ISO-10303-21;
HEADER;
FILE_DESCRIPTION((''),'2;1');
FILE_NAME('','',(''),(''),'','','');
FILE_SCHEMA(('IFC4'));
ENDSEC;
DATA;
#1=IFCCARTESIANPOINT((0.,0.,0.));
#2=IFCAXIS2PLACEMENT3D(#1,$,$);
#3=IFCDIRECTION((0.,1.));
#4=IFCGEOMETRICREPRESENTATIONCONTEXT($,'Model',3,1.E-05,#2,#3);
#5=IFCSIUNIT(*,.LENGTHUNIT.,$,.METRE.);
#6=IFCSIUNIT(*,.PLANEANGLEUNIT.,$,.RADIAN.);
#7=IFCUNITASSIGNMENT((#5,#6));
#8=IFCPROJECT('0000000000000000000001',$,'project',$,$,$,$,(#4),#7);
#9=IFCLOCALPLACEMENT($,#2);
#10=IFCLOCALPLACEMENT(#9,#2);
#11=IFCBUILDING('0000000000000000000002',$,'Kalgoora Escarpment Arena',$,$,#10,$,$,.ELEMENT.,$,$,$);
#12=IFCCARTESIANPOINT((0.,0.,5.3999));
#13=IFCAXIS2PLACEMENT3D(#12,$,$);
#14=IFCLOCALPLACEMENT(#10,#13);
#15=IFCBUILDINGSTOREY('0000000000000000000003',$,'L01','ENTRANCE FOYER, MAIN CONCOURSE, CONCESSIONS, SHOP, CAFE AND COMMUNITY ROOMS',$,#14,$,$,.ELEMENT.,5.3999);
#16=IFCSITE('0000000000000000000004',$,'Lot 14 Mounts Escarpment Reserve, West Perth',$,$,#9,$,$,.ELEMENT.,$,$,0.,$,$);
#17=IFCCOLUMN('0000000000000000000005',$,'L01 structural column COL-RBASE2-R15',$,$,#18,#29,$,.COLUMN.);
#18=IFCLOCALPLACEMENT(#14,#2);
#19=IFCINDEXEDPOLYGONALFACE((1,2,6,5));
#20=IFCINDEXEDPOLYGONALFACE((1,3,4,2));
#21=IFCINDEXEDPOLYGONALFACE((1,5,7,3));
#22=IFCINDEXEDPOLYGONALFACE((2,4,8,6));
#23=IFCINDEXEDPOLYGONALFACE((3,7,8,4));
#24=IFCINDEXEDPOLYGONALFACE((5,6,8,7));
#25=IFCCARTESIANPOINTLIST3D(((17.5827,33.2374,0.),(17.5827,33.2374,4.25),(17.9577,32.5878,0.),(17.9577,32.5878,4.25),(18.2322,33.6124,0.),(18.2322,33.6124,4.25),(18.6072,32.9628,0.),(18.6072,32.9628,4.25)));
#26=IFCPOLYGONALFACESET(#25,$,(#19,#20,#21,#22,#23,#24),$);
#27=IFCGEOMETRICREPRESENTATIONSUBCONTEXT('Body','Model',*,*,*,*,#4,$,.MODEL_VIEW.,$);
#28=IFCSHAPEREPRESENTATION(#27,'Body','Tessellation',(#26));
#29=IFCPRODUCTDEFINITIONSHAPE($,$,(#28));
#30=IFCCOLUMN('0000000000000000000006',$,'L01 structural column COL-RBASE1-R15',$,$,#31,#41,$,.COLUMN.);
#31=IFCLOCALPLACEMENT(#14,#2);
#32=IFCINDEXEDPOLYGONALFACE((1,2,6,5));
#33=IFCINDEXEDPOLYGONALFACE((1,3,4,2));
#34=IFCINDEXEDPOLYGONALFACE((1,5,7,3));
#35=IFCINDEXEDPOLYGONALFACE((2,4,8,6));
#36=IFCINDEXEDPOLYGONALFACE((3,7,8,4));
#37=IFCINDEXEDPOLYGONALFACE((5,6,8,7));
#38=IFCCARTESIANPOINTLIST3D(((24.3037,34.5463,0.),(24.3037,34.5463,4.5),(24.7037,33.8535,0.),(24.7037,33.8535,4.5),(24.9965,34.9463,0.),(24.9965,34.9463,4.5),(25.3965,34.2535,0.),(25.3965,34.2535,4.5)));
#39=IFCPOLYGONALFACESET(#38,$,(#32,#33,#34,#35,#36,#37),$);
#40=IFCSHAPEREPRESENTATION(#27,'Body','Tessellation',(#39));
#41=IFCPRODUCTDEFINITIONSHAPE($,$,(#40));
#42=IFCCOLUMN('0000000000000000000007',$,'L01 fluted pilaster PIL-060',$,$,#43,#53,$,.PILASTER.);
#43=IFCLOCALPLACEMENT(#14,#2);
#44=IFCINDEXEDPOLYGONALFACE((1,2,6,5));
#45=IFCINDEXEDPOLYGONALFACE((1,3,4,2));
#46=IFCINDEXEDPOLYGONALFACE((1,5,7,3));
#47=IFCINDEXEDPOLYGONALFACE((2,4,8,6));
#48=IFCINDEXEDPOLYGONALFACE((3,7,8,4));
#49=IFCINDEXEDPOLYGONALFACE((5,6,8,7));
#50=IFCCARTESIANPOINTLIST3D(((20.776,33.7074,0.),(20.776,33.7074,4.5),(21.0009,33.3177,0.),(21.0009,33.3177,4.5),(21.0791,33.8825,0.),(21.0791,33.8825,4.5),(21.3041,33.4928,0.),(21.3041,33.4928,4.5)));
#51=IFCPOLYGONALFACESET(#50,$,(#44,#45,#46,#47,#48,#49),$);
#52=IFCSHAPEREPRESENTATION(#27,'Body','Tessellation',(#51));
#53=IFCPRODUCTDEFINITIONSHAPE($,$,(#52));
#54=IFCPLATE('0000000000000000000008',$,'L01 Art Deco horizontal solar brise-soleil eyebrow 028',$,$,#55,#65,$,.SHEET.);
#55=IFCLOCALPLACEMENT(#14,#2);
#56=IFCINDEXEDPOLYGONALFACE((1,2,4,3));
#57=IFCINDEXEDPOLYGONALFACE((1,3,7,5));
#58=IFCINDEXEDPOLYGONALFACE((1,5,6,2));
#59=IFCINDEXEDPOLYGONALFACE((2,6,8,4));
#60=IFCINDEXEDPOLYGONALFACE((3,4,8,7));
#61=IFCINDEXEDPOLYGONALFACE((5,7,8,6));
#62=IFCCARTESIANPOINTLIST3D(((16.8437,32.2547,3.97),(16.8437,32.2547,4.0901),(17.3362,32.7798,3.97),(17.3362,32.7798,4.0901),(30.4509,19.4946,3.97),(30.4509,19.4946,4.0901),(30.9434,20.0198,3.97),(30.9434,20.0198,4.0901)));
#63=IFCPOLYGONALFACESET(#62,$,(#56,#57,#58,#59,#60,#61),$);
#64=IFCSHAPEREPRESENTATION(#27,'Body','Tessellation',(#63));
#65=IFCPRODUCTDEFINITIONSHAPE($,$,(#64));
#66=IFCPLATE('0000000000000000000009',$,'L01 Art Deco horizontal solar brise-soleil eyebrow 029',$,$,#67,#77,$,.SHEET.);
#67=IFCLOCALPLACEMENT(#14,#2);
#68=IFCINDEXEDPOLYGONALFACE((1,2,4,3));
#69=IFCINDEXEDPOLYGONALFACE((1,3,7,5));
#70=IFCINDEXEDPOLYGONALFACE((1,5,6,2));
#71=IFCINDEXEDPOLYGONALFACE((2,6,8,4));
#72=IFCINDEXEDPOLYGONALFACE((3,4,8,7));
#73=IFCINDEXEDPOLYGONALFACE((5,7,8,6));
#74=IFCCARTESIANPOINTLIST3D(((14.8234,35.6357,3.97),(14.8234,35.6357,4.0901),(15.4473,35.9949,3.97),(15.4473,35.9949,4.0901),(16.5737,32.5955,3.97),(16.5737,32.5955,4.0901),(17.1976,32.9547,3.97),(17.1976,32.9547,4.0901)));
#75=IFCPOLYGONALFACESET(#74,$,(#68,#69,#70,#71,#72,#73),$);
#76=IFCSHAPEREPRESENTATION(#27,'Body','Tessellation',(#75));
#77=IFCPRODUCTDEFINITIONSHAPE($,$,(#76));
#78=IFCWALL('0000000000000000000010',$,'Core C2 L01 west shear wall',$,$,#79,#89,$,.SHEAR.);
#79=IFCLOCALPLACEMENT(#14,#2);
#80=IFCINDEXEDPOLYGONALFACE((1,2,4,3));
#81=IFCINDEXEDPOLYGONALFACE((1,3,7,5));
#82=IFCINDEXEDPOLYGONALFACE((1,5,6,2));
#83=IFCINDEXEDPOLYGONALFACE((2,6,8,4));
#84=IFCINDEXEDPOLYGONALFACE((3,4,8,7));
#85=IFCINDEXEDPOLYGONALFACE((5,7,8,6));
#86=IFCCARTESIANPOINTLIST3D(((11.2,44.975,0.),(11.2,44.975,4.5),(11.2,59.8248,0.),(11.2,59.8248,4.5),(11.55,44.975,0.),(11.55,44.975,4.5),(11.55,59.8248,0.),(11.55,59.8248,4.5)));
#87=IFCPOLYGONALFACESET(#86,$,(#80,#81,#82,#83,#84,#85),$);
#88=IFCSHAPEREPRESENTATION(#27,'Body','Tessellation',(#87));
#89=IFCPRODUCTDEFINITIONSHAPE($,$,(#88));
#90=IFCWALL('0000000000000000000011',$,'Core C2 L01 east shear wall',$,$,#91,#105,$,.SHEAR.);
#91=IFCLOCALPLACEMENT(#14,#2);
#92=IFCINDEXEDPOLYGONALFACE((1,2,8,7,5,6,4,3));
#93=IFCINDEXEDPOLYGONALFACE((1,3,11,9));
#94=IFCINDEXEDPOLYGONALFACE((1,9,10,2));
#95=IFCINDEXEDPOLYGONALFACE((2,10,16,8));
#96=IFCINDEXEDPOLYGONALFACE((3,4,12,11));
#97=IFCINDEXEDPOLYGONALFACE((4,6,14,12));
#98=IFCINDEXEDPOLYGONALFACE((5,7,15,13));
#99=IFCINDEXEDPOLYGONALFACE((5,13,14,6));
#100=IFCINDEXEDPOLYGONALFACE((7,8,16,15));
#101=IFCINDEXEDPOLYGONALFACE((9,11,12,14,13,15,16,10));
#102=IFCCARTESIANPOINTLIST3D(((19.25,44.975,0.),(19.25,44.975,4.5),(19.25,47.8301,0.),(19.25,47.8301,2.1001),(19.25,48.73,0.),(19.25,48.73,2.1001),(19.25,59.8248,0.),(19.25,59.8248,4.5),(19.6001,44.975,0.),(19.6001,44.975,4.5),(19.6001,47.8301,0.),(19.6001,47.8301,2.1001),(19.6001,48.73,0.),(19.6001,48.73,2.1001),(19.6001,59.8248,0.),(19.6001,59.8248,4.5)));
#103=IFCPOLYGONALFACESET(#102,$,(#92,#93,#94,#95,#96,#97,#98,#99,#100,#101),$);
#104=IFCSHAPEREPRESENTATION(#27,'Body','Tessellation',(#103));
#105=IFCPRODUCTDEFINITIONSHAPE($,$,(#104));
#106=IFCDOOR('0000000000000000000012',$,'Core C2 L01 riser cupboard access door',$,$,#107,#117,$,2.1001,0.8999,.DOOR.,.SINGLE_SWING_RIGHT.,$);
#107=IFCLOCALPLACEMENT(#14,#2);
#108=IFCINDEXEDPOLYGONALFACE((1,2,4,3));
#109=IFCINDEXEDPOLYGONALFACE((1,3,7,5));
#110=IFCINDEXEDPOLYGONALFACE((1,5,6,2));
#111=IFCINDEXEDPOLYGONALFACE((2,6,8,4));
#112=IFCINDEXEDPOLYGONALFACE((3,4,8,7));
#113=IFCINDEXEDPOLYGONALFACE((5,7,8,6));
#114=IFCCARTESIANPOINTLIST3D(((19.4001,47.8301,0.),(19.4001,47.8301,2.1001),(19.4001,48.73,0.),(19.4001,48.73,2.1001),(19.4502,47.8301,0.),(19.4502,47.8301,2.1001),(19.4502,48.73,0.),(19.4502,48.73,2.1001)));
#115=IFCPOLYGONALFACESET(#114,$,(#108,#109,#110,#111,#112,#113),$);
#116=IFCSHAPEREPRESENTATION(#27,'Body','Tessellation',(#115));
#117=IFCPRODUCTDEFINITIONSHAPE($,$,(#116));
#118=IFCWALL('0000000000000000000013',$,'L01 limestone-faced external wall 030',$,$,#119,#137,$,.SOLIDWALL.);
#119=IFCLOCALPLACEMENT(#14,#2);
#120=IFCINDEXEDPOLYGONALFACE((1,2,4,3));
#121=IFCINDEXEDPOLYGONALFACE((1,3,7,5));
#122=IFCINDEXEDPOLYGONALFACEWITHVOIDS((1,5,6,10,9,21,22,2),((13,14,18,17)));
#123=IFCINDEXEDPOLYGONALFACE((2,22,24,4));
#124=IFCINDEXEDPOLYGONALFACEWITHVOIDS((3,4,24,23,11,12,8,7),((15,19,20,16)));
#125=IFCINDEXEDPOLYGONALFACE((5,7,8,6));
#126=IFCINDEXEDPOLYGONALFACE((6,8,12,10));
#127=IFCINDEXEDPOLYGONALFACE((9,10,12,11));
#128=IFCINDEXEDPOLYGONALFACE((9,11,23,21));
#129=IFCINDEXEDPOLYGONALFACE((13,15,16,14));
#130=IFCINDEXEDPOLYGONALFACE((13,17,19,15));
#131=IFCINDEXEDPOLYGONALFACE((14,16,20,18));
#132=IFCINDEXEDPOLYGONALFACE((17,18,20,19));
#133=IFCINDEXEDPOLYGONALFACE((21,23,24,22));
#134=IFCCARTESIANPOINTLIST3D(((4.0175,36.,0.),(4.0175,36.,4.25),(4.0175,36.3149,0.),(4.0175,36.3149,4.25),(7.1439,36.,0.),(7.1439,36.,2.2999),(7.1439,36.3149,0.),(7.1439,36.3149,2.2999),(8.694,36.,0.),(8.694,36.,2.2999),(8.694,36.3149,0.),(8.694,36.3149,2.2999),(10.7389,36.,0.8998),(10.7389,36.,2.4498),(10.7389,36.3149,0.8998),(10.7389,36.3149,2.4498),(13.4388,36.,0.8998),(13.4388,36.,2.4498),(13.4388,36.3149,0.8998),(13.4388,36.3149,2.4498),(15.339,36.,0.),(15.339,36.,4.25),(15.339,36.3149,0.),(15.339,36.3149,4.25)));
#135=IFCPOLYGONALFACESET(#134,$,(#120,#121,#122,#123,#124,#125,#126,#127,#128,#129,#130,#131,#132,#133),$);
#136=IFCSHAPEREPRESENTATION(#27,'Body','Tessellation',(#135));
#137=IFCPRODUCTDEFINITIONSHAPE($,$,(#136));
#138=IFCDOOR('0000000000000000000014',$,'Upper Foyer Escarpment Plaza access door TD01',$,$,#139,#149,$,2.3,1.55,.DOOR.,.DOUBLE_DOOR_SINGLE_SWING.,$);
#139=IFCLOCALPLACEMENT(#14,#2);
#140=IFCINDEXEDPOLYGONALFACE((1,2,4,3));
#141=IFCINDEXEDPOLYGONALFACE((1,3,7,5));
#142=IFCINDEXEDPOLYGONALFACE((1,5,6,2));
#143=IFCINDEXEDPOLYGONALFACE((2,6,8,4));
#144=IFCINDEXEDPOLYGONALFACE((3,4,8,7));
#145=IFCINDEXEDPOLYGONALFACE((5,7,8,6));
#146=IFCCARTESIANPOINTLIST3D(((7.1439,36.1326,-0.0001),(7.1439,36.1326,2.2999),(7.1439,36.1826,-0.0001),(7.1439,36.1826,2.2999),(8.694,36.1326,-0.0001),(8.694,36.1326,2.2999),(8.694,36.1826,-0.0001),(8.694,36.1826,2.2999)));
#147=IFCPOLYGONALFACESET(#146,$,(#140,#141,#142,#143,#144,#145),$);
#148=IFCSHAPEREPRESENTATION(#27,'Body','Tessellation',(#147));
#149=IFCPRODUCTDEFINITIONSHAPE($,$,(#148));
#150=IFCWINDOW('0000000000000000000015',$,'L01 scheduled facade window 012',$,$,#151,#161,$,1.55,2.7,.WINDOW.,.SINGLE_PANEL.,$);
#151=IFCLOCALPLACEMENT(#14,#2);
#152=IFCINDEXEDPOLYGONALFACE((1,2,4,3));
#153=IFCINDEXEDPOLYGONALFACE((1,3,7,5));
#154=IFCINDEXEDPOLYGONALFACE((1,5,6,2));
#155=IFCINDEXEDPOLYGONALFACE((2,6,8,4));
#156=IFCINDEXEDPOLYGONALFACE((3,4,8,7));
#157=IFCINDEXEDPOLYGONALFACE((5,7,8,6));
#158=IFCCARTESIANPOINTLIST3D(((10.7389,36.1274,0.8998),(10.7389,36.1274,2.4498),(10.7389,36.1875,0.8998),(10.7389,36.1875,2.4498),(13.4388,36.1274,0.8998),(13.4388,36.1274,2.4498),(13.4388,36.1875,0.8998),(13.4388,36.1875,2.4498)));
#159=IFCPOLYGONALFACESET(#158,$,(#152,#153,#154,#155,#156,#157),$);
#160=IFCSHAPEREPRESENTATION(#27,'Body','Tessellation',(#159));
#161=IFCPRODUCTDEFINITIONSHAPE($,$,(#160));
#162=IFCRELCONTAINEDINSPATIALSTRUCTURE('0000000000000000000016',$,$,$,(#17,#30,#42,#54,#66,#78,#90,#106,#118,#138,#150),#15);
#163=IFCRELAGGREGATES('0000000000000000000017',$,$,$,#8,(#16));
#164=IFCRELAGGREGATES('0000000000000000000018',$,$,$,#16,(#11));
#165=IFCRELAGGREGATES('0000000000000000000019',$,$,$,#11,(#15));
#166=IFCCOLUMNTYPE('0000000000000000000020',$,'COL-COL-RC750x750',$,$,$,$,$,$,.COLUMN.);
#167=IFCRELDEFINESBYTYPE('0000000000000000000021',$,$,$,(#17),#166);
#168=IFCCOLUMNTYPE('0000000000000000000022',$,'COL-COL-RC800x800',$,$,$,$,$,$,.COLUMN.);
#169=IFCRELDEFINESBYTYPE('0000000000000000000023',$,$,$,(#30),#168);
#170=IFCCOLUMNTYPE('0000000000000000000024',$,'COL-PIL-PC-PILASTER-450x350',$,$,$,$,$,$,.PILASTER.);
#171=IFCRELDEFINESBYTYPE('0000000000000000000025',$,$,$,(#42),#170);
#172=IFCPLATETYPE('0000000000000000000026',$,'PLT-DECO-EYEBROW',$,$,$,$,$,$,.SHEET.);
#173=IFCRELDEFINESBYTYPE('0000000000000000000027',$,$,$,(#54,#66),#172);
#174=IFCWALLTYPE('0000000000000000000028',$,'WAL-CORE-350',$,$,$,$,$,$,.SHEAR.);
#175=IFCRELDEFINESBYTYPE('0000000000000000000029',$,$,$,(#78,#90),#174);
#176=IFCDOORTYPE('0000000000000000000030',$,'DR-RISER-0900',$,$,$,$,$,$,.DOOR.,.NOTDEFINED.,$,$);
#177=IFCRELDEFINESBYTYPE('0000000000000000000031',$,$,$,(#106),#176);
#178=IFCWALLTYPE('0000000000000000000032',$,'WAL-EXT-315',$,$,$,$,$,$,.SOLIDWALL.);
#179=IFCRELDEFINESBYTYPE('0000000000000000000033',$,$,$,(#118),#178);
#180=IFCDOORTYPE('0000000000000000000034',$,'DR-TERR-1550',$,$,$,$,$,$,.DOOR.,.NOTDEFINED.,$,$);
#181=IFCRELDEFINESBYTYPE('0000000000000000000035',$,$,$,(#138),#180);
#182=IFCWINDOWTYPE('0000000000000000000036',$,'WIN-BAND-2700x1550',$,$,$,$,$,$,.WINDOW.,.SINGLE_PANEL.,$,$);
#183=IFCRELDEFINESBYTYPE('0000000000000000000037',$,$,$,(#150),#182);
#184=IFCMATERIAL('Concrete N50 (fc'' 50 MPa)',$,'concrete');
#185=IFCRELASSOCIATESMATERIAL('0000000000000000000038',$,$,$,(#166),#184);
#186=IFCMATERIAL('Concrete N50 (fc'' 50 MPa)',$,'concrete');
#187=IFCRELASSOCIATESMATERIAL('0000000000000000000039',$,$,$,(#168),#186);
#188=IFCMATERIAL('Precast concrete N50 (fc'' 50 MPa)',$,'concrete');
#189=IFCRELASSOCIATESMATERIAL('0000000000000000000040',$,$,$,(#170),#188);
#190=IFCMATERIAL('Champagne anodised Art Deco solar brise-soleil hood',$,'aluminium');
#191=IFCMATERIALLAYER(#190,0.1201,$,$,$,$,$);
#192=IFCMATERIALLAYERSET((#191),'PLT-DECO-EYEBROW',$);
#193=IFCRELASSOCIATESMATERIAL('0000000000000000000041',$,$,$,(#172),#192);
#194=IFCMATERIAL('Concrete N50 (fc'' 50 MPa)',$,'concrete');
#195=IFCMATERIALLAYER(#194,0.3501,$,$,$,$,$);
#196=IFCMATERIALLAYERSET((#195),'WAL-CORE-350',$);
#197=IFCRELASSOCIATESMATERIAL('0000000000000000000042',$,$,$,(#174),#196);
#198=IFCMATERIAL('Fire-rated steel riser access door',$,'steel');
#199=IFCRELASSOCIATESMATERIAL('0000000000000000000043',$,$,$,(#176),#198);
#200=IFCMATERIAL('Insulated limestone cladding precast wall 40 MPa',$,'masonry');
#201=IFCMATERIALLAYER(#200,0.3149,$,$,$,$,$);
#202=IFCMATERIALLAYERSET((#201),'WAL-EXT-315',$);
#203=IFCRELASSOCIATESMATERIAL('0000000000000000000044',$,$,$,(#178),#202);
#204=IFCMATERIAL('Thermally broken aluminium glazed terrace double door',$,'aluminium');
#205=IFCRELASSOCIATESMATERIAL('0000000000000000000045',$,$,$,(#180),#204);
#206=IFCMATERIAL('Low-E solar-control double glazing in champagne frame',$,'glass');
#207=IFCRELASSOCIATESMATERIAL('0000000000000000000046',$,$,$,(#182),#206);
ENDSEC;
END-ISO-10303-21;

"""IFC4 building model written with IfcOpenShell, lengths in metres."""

from ifc_helpers import new_model, si_unit, direction, frame, frame_2d, origin, origin_2d, place, context, subcontext, project, spatial, rectangle, extrude, material, layer, layer_set, material_profile, profile_set, type_object, element, fill, save


model = new_model("IFC4")

# Units and contexts
model_context = context("Model", 3, precision=1e-05, world=origin(), true_north=direction((0.0, 1.0)))
body_context = subcontext(model_context, "Body", "Model", "MODEL_VIEW")
ifc_project = project(units=[si_unit("LENGTHUNIT", "METRE"), si_unit("PLANEANGLEUNIT", "RADIAN")], contexts=[model_context])

# Site, building, storey
site_placement = place(None, origin())
site = spatial("IfcSite", under=ifc_project, at=site_placement, Name="Lot 14 Mounts Escarpment Reserve, West Perth", CompositionType="ELEMENT", RefElevation=0.0)
building_placement = place(site_placement, origin())
building = spatial("IfcBuilding", under=site, at=building_placement, Name="Kalgoora Escarpment Arena", CompositionType="ELEMENT")
storey_placement = place(building_placement, frame((0.0, 0.0, 5.3999)))
storey = spatial("IfcBuildingStorey", under=building, at=storey_placement, Name="L01", Description="ENTRANCE FOYER, MAIN CONCOURSE, CONCESSIONS, SHOP, CAFE AND COMMUNITY ROOMS", CompositionType="ELEMENT", Elevation=5.3999)

# Columns
ifc_material_1 = material(Name="Concrete N50 (fc' 50 MPa)", Category="concrete")
ifc_material_profile_1 = material_profile(ifc_material_1, rectangle(XDim=0.75, YDim=0.75, at=origin_2d()))
ifc_profile_set_1 = profile_set([ifc_material_profile_1], Name="Concrete N50 (fc' 50 MPa)")
column_type_1 = type_object("IfcColumnType", Name="COL-COL-RC750x750", PredefinedType="COLUMN", material=ifc_profile_set_1)
column_1_placement = place(storey_placement, frame((18.095, 33.1001, 0.0), z_axis=(0.0, 0.0, 1.0), x_axis=(-0.866025, -0.5, 0.0)))
element("IfcColumn", 1, at=column_1_placement, inside=storey, type_object=column_type_1, Name="L01 structural column COL-RBASE2-R15", PredefinedType="COLUMN", context=body_context, shape_type="SweptSolid", body=[
    extrude(rectangle(XDim=0.75, YDim=0.75, at=origin_2d()), origin(), (0.0, 0.0, 1.0), 4.25),
])
ifc_material_2 = material(Name="Concrete N50 (fc' 50 MPa)", Category="concrete")
ifc_material_profile_2 = material_profile(ifc_material_2, rectangle(XDim=0.8, YDim=0.8, at=origin_2d()))
ifc_profile_set_2 = profile_set([ifc_material_profile_2], Name="Concrete N50 (fc' 50 MPa)")
column_type_2 = type_object("IfcColumnType", Name="COL-COL-RC800x800", PredefinedType="COLUMN", material=ifc_profile_set_2)
column_2_placement = place(storey_placement, frame((24.8501, 34.3999, 0.0), z_axis=(0.0, 0.0, 1.0), x_axis=(-0.866025, -0.5, 0.0)))
element("IfcColumn", 2, at=column_2_placement, inside=storey, type_object=column_type_2, Name="L01 structural column COL-RBASE1-R15", PredefinedType="COLUMN", context=body_context, shape_type="SweptSolid", body=[
    extrude(rectangle(XDim=0.8, YDim=0.8, at=origin_2d()), origin(), (0.0, 0.0, 1.0), 4.5),
])
ifc_material_3 = material(Name="Precast concrete N50 (fc' 50 MPa)", Category="concrete")
ifc_material_profile_3 = material_profile(ifc_material_3, rectangle(XDim=0.3501, YDim=0.45, at=origin_2d()))
ifc_profile_set_3 = profile_set([ifc_material_profile_3], Name="Precast concrete N50 (fc' 50 MPa)")
column_type_3 = type_object("IfcColumnType", Name="COL-PIL-PC-PILASTER-450x350", PredefinedType="PILASTER", material=ifc_profile_set_3)
column_3_placement = place(storey_placement, frame((21.04, 33.6001, 0.0), z_axis=(0.0, 0.0, 1.0), x_axis=(-0.866025, -0.5, 0.0)))
element("IfcColumn", 3, at=column_3_placement, inside=storey, type_object=column_type_3, Name="L01 fluted pilaster PIL-060", PredefinedType="PILASTER", context=body_context, shape_type="SweptSolid", body=[
    extrude(rectangle(XDim=0.3501, YDim=0.45, at=origin_2d()), origin(), (0.0, 0.0, 1.0), 4.5),
])

# Plates
ifc_material_4 = material(Name="Champagne anodised Art Deco solar brise-soleil hood", Category="aluminium")
ifc_layer_1 = layer(ifc_material_4, 0.1201)
ifc_layer_set_1 = layer_set([ifc_layer_1], Name="PLT-DECO-EYEBROW")
plate_type = type_object("IfcPlateType", Name="PLT-DECO-EYEBROW", PredefinedType="SHEET", material=ifc_layer_set_1)
plate_1_placement = place(storey_placement, frame((23.8936, 26.1372, 3.97), z_axis=(0.0, 0.0, 1.0), x_axis=(-0.729446, 0.684038, 0.0)))
element("IfcPlate", 4, at=plate_1_placement, inside=storey, type_object=plate_type, Name="L01 Art Deco horizontal solar brise-soleil eyebrow 028", PredefinedType="SHEET", context=body_context, shape_type="SweptSolid", body=[
    extrude(rectangle(XDim=18.6541, YDim=0.72, at=origin_2d()), origin(), (0.0, 0.0, 1.0), 0.1201),
])
plate_2_placement = place(storey_placement, frame((16.0105, 34.2952, 3.97), z_axis=(0.0, 0.0, 1.0), x_axis=(-0.498942, 0.866636, 0.0)))
element("IfcPlate", 5, at=plate_2_placement, inside=storey, type_object=plate_type, Name="L01 Art Deco horizontal solar brise-soleil eyebrow 029", PredefinedType="SHEET", context=body_context, shape_type="SweptSolid", body=[
    extrude(rectangle(XDim=3.5081, YDim=0.72, at=origin_2d()), origin(), (0.0, 0.0, 1.0), 0.1201),
])

# Wall
ifc_material_5 = material(Name="Concrete N50 (fc' 50 MPa)", Category="concrete")
ifc_layer_2 = layer(ifc_material_5, 0.3501)
ifc_layer_set_2 = layer_set([ifc_layer_2], Name="WAL-CORE-350")
wall_type_1 = type_object("IfcWallType", Name="WAL-CORE-350", PredefinedType="SHEAR", material=ifc_layer_set_2)
wall_1_placement = place(storey_placement, frame((11.375, 44.9751, 0.0), z_axis=(0.0, 0.0, 1.0), x_axis=(0.0, 1.0, 0.0)))
element("IfcWall", 6, at=wall_1_placement, inside=storey, type_object=wall_type_1, Name="Core C2 L01 west shear wall", PredefinedType="SHEAR", context=body_context, shape_type="SweptSolid", body=[
    extrude(rectangle(XDim=14.8499, YDim=0.3501, at=frame_2d((7.4248, 0.0))), origin(), (0.0, 0.0, 1.0), 4.5),
])

# Wall, opening, door
wall_2_placement = place(storey_placement, frame((19.425, 44.9751, 0.0), z_axis=(0.0, 0.0, 1.0), x_axis=(0.0, 1.0, 0.0)))
wall_2 = element("IfcWall", 7, at=wall_2_placement, inside=storey, type_object=wall_type_1, Name="Core C2 L01 east shear wall", PredefinedType="SHEAR", context=body_context, shape_type="SweptSolid", body=[
    extrude(rectangle(XDim=14.8499, YDim=0.3501, at=frame_2d((7.4248, 0.0))), origin(), (0.0, 0.0, 1.0), 4.5),
])
opening_1_placement = place(wall_2_placement, frame((2.855, 0.0, 0.0)))
opening_1 = element("IfcOpeningElement", 8, at=opening_1_placement, cuts=wall_2, PredefinedType="OPENING", context=body_context, shape_type="SweptSolid", body=[
    extrude(rectangle(XDim=0.8999, YDim=2.1001, at=frame_2d((0.45, 1.05))), frame((0.0, 0.1851, 0.0), z_axis=(0.0, -1.0, 0.0), x_axis=(1.0, 0.0, 0.0)), (0.0, 0.0, 1.0), 0.3701),
])
ifc_material_6 = material(Name="Fire-rated steel riser access door", Category="steel")
door_type_1 = type_object("IfcDoorType", Name="DR-RISER-0900", OperationType="NOTDEFINED", PredefinedType="DOOR", material=ifc_material_6)
door_1_placement = place(opening_1_placement, origin())
door_1 = element("IfcDoor", 9, at=door_1_placement, inside=storey, type_object=door_type_1, Name="Core C2 L01 riser cupboard access door", OperationType="SINGLE_SWING_RIGHT", OverallHeight=2.1001, OverallWidth=0.8999, PredefinedType="DOOR", context=body_context, shape_type="SweptSolid", body=[
    extrude(rectangle(XDim=0.8999, YDim=2.1001, at=frame_2d((0.45, 1.05))), frame((0.0, 0.0249, 0.0), z_axis=(0.0, -1.0, 0.0), x_axis=(1.0, 0.0, 0.0)), (0.0, 0.0, 1.0), 0.05),
])
fill(opening_1, door_1)

# Wall, openings, door, window
ifc_material_7 = material(Name="Insulated limestone cladding precast wall 40 MPa", Category="masonry")
ifc_layer_3 = layer(ifc_material_7, 0.3149)
ifc_layer_set_3 = layer_set([ifc_layer_3], Name="WAL-EXT-315")
wall_type_2 = type_object("IfcWallType", Name="WAL-EXT-315", PredefinedType="SOLIDWALL", material=ifc_layer_set_3)
wall_3_placement = place(storey_placement, frame((15.3389, 36.1575, 0.0), z_axis=(0.0, 0.0, 1.0), x_axis=(-1.0, 0.0, 0.0)))
wall_3 = element("IfcWall", 10, at=wall_3_placement, inside=storey, type_object=wall_type_2, Name="L01 limestone-faced external wall 030", PredefinedType="SOLIDWALL", context=body_context, shape_type="SweptSolid", body=[
    extrude(rectangle(XDim=11.3215, YDim=0.3149, at=frame_2d((5.6606, 0.0))), origin(), (0.0, 0.0, 1.0), 4.25),
])
opening_2_placement = place(wall_3_placement, frame((6.645, 0.0, 0.0)))
opening_2 = element("IfcOpeningElement", 11, at=opening_2_placement, cuts=wall_3, PredefinedType="OPENING", context=body_context, shape_type="SweptSolid", body=[
    extrude(rectangle(XDim=1.55, YDim=2.3, at=frame_2d((0.7749, 1.1499))), frame((0.0, 0.1675, 0.0), z_axis=(0.0, -1.0, 0.0), x_axis=(1.0, 0.0, 0.0)), (0.0, 0.0, 1.0), 0.335),
])
opening_3_placement = place(wall_3_placement, frame((1.8999, 0.0, 0.8999)))
opening_3 = element("IfcOpeningElement", 12, at=opening_3_placement, cuts=wall_3, PredefinedType="OPENING", context=body_context, shape_type="SweptSolid", body=[
    extrude(rectangle(XDim=2.7, YDim=1.55, at=frame_2d((1.3501, 0.7749))), frame((0.0, 0.1675, 0.0), z_axis=(0.0, -1.0, 0.0), x_axis=(1.0, 0.0, 0.0)), (0.0, 0.0, 1.0), 0.335),
])
ifc_material_8 = material(Name="Thermally broken aluminium glazed terrace double door", Category="aluminium")
door_type_2 = type_object("IfcDoorType", Name="DR-TERR-1550", OperationType="NOTDEFINED", PredefinedType="DOOR", material=ifc_material_8)
door_2_placement = place(opening_2_placement, origin())
door_2 = element("IfcDoor", 13, at=door_2_placement, inside=storey, type_object=door_type_2, Name="Upper Foyer Escarpment Plaza access door TD01", OperationType="DOUBLE_DOOR_SINGLE_SWING", OverallHeight=2.3, OverallWidth=1.55, PredefinedType="DOOR", context=body_context, shape_type="SweptSolid", body=[
    extrude(rectangle(XDim=1.55, YDim=2.3, at=frame_2d((0.7749, 1.1499))), frame((0.0, 0.0249, 0.0), z_axis=(0.0, -1.0, 0.0), x_axis=(1.0, 0.0, 0.0)), (0.0, 0.0, 1.0), 0.05),
])
fill(opening_2, door_2)
ifc_material_9 = material(Name="Low-E solar-control double glazing in champagne frame", Category="glass")
window_type = type_object("IfcWindowType", Name="WIN-BAND-2700x1550", PartitioningType="SINGLE_PANEL", PredefinedType="WINDOW", material=ifc_material_9)
window_placement = place(opening_3_placement, origin())
window = element("IfcWindow", 14, at=window_placement, inside=storey, type_object=window_type, Name="L01 scheduled facade window 012", OverallHeight=1.55, OverallWidth=2.7, PartitioningType="SINGLE_PANEL", PredefinedType="WINDOW", context=body_context, shape_type="SweptSolid", body=[
    extrude(rectangle(XDim=2.7, YDim=1.55, at=frame_2d((1.3501, 0.7749))), frame((0.0, 0.03, 0.0), z_axis=(0.0, -1.0, 0.0), x_axis=(1.0, 0.0, 0.0)), (0.0, 0.0, 1.0), 0.0601),
])
fill(opening_3, window)

save(model, "model.ifc")
